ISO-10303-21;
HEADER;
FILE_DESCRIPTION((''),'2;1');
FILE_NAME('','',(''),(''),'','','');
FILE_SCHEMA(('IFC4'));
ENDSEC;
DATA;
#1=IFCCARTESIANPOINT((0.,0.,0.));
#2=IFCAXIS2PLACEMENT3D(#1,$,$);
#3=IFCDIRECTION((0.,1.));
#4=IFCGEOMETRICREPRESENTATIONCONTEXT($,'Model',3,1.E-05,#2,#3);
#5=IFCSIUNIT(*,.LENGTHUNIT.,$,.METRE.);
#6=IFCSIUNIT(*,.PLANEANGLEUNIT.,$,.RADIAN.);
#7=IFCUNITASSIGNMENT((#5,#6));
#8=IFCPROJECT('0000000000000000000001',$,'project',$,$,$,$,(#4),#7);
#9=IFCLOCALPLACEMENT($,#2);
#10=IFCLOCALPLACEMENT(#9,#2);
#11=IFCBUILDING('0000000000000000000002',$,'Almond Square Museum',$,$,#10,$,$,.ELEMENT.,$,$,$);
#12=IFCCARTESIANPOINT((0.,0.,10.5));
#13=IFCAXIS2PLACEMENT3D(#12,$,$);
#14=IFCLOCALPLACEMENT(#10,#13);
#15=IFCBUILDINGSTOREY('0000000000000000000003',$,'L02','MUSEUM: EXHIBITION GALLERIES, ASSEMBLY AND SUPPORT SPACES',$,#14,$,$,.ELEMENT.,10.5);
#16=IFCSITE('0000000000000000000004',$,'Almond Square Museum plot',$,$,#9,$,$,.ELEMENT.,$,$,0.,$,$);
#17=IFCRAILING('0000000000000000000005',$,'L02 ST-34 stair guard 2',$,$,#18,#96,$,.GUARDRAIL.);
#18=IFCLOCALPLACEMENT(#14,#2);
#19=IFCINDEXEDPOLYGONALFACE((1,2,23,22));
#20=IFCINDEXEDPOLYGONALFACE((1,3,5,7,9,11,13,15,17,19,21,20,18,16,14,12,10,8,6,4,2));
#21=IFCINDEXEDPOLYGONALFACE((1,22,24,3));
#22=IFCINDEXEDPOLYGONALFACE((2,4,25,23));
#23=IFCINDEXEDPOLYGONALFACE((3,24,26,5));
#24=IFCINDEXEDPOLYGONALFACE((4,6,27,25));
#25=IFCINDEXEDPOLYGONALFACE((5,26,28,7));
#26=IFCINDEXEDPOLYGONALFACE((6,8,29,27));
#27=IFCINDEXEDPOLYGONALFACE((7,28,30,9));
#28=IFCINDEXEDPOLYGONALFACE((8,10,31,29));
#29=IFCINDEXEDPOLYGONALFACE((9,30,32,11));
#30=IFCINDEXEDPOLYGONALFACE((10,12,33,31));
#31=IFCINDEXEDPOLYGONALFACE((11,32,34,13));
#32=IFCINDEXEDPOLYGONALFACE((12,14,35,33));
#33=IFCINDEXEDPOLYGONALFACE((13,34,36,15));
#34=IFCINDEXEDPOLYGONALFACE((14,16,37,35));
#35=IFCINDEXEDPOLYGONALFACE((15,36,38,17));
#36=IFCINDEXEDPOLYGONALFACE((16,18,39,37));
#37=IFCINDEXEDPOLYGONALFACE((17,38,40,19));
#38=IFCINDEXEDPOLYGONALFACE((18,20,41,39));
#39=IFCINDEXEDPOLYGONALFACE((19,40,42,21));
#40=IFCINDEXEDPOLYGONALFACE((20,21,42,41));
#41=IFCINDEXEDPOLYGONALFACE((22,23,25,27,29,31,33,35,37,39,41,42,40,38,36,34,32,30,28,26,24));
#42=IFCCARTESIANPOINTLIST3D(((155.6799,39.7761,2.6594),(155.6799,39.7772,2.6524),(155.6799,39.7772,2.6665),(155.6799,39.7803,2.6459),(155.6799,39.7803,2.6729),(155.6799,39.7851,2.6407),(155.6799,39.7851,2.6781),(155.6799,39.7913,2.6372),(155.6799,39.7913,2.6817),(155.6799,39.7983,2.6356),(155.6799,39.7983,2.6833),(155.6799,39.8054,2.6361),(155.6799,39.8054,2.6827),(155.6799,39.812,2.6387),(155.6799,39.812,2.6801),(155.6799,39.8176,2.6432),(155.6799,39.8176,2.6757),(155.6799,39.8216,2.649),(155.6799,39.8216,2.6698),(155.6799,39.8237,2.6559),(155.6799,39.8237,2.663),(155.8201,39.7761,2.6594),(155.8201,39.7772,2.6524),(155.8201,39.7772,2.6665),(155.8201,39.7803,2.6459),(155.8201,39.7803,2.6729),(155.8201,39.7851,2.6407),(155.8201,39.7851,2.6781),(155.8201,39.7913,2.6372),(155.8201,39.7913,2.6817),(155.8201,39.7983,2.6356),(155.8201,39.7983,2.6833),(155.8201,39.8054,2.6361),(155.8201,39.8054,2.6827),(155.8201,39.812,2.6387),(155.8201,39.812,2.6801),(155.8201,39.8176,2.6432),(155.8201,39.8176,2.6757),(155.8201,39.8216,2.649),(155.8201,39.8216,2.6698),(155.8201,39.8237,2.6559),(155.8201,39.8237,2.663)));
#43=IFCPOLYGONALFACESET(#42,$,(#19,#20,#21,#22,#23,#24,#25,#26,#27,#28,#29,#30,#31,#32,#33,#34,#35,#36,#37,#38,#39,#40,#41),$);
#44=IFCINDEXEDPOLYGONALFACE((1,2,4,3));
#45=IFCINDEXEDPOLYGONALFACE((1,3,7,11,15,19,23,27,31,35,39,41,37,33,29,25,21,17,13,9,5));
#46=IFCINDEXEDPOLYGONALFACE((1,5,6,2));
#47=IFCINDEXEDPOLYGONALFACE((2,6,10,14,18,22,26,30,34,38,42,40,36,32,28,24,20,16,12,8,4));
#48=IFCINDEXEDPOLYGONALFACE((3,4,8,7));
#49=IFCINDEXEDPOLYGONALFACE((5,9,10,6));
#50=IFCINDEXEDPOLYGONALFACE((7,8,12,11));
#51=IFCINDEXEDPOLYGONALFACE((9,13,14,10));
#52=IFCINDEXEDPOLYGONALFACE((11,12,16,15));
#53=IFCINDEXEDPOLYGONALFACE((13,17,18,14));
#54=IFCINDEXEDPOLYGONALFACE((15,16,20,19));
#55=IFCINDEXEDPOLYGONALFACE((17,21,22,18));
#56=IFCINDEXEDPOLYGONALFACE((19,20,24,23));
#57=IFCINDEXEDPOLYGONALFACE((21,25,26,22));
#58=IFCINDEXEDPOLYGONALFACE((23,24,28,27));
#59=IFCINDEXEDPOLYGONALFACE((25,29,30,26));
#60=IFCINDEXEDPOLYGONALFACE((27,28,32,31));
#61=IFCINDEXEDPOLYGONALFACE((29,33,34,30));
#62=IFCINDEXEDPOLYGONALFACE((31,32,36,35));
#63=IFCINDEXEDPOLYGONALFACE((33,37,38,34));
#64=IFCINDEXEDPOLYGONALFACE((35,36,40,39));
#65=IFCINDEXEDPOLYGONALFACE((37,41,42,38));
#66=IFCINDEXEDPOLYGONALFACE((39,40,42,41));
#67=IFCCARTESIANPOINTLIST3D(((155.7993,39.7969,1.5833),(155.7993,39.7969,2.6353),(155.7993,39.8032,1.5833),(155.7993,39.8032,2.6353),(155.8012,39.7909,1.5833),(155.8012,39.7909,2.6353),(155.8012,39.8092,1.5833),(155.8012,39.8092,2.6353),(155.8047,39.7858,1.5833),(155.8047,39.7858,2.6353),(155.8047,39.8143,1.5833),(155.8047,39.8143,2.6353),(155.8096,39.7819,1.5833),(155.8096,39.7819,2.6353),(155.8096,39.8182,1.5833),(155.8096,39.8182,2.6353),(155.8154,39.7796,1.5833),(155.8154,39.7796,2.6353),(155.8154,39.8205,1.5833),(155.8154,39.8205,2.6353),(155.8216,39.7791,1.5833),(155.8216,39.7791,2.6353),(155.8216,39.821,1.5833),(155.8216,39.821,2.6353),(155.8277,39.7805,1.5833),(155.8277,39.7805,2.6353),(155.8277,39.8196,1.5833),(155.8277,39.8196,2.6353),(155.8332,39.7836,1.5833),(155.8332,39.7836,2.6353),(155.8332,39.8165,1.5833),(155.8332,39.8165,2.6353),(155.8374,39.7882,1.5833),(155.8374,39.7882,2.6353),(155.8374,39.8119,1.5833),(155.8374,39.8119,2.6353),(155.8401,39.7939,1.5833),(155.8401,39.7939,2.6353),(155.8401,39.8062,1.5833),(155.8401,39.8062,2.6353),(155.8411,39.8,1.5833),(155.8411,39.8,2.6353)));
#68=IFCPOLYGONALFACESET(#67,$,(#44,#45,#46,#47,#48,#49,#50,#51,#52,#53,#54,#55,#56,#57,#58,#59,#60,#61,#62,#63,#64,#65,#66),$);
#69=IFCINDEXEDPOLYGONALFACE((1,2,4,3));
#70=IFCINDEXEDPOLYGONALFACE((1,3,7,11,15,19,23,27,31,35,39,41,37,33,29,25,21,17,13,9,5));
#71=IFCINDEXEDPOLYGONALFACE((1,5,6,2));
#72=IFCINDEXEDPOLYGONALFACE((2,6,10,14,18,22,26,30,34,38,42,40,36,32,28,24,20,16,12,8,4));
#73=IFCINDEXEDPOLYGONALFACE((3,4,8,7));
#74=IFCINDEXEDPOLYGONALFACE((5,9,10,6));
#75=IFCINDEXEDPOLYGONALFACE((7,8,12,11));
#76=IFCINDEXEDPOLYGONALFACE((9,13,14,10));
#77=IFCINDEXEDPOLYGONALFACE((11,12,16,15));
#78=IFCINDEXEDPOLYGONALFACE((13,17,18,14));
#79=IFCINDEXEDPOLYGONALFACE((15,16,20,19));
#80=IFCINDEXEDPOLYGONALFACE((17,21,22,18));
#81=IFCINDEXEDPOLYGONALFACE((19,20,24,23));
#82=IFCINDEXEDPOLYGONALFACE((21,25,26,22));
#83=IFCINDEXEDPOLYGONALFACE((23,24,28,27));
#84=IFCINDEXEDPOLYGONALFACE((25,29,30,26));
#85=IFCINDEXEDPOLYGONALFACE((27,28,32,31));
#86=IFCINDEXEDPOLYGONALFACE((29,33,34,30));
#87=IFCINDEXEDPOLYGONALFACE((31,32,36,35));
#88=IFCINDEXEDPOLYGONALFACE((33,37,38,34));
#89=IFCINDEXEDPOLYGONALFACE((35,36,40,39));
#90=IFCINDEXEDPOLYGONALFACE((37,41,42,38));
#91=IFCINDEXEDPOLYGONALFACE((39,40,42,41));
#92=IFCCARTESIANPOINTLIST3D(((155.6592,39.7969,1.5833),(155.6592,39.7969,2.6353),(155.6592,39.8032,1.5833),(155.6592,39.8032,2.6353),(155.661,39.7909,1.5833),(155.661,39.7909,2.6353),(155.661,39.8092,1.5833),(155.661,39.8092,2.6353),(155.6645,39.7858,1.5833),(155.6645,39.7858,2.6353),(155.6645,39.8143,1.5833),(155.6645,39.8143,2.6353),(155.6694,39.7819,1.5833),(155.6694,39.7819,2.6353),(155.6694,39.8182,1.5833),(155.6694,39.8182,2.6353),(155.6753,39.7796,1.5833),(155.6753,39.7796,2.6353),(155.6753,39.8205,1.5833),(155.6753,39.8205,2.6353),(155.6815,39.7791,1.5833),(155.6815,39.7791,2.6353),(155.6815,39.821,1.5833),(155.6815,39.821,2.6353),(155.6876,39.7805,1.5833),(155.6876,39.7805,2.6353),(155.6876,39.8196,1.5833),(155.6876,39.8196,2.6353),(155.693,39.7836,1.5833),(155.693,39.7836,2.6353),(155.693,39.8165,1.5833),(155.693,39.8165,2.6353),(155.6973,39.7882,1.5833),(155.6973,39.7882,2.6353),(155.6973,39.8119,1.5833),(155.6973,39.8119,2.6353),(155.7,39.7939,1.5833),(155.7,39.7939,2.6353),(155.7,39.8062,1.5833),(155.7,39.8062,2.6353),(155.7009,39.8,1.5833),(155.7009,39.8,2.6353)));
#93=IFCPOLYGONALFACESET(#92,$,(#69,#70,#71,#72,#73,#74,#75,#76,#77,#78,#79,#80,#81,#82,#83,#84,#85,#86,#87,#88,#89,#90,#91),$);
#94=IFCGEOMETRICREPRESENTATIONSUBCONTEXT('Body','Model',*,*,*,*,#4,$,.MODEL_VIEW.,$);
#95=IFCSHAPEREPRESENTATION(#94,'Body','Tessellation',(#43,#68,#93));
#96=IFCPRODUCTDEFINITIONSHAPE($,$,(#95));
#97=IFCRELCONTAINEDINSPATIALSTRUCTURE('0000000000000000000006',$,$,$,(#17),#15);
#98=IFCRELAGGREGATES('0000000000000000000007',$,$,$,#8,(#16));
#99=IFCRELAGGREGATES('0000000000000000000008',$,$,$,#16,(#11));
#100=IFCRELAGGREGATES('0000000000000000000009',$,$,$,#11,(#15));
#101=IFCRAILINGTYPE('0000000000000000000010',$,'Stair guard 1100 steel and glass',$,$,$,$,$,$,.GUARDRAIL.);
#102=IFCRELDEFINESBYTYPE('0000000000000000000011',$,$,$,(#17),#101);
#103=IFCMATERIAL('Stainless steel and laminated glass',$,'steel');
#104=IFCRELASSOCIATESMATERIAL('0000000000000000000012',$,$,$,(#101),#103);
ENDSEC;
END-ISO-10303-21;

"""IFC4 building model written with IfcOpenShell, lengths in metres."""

from ifc_helpers import new_model, si_unit, direction, frame, origin, origin_2d, place, context, subcontext, project, spatial, circle, extrude, material, type_object, element, save


model = new_model("IFC4")

# Units and contexts
model_context = context("Model", 3, precision=1e-05, world=origin(), true_north=direction((0.0, 1.0)))
body_context = subcontext(model_context, "Body", "Model", "MODEL_VIEW")
ifc_project = project(units=[si_unit("LENGTHUNIT", "METRE"), si_unit("PLANEANGLEUNIT", "RADIAN")], contexts=[model_context])

# Site, building, storey
site_placement = place(None, origin())
site = spatial("IfcSite", under=ifc_project, at=site_placement, Name="Almond Square Museum plot", CompositionType="ELEMENT", RefElevation=0.0)
building_placement = place(site_placement, origin())
building = spatial("IfcBuilding", under=site, at=building_placement, Name="Almond Square Museum", CompositionType="ELEMENT")
storey_placement = place(building_placement, frame((0.0, 0.0, 10.5)))
storey = spatial("IfcBuildingStorey", under=building, at=storey_placement, Name="L02", Description="MUSEUM: EXHIBITION GALLERIES, ASSEMBLY AND SUPPORT SPACES", CompositionType="ELEMENT", Elevation=10.5)

# Railing
ifc_material_1 = material(Name="Stainless steel and laminated glass", Category="steel")
railing_type_1 = type_object("IfcRailingType", Name="Stair guard 1100 steel and glass", PredefinedType="GUARDRAIL", material=ifc_material_1)
railing_1_placement = place(storey_placement, frame((155.8201, 39.8, 1.5833)))
element("IfcRailing", 1, at=railing_1_placement, inside=storey, type_object=railing_type_1, Name="L02 ST-34 stair guard 2", PredefinedType="GUARDRAIL", context=body_context, shape_type="SweptSolid", body=[
    extrude(circle(Radius=0.0239, at=origin_2d()), frame((0.0, 0.0, 1.0762), z_axis=(-1.0, 0.0, 0.0), x_axis=(0.0, -1.0, 0.0)), (0.0, 0.0, 1.0), 0.1401),
    extrude(circle(Radius=0.021, at=origin_2d()), origin(), (0.0, 0.0, 1.0), 1.052),
    extrude(circle(Radius=0.021, at=origin_2d()), frame((-0.1401, 0.0, 0.0)), (0.0, 0.0, 1.0), 1.052),
])

save(model, "model.ifc")
